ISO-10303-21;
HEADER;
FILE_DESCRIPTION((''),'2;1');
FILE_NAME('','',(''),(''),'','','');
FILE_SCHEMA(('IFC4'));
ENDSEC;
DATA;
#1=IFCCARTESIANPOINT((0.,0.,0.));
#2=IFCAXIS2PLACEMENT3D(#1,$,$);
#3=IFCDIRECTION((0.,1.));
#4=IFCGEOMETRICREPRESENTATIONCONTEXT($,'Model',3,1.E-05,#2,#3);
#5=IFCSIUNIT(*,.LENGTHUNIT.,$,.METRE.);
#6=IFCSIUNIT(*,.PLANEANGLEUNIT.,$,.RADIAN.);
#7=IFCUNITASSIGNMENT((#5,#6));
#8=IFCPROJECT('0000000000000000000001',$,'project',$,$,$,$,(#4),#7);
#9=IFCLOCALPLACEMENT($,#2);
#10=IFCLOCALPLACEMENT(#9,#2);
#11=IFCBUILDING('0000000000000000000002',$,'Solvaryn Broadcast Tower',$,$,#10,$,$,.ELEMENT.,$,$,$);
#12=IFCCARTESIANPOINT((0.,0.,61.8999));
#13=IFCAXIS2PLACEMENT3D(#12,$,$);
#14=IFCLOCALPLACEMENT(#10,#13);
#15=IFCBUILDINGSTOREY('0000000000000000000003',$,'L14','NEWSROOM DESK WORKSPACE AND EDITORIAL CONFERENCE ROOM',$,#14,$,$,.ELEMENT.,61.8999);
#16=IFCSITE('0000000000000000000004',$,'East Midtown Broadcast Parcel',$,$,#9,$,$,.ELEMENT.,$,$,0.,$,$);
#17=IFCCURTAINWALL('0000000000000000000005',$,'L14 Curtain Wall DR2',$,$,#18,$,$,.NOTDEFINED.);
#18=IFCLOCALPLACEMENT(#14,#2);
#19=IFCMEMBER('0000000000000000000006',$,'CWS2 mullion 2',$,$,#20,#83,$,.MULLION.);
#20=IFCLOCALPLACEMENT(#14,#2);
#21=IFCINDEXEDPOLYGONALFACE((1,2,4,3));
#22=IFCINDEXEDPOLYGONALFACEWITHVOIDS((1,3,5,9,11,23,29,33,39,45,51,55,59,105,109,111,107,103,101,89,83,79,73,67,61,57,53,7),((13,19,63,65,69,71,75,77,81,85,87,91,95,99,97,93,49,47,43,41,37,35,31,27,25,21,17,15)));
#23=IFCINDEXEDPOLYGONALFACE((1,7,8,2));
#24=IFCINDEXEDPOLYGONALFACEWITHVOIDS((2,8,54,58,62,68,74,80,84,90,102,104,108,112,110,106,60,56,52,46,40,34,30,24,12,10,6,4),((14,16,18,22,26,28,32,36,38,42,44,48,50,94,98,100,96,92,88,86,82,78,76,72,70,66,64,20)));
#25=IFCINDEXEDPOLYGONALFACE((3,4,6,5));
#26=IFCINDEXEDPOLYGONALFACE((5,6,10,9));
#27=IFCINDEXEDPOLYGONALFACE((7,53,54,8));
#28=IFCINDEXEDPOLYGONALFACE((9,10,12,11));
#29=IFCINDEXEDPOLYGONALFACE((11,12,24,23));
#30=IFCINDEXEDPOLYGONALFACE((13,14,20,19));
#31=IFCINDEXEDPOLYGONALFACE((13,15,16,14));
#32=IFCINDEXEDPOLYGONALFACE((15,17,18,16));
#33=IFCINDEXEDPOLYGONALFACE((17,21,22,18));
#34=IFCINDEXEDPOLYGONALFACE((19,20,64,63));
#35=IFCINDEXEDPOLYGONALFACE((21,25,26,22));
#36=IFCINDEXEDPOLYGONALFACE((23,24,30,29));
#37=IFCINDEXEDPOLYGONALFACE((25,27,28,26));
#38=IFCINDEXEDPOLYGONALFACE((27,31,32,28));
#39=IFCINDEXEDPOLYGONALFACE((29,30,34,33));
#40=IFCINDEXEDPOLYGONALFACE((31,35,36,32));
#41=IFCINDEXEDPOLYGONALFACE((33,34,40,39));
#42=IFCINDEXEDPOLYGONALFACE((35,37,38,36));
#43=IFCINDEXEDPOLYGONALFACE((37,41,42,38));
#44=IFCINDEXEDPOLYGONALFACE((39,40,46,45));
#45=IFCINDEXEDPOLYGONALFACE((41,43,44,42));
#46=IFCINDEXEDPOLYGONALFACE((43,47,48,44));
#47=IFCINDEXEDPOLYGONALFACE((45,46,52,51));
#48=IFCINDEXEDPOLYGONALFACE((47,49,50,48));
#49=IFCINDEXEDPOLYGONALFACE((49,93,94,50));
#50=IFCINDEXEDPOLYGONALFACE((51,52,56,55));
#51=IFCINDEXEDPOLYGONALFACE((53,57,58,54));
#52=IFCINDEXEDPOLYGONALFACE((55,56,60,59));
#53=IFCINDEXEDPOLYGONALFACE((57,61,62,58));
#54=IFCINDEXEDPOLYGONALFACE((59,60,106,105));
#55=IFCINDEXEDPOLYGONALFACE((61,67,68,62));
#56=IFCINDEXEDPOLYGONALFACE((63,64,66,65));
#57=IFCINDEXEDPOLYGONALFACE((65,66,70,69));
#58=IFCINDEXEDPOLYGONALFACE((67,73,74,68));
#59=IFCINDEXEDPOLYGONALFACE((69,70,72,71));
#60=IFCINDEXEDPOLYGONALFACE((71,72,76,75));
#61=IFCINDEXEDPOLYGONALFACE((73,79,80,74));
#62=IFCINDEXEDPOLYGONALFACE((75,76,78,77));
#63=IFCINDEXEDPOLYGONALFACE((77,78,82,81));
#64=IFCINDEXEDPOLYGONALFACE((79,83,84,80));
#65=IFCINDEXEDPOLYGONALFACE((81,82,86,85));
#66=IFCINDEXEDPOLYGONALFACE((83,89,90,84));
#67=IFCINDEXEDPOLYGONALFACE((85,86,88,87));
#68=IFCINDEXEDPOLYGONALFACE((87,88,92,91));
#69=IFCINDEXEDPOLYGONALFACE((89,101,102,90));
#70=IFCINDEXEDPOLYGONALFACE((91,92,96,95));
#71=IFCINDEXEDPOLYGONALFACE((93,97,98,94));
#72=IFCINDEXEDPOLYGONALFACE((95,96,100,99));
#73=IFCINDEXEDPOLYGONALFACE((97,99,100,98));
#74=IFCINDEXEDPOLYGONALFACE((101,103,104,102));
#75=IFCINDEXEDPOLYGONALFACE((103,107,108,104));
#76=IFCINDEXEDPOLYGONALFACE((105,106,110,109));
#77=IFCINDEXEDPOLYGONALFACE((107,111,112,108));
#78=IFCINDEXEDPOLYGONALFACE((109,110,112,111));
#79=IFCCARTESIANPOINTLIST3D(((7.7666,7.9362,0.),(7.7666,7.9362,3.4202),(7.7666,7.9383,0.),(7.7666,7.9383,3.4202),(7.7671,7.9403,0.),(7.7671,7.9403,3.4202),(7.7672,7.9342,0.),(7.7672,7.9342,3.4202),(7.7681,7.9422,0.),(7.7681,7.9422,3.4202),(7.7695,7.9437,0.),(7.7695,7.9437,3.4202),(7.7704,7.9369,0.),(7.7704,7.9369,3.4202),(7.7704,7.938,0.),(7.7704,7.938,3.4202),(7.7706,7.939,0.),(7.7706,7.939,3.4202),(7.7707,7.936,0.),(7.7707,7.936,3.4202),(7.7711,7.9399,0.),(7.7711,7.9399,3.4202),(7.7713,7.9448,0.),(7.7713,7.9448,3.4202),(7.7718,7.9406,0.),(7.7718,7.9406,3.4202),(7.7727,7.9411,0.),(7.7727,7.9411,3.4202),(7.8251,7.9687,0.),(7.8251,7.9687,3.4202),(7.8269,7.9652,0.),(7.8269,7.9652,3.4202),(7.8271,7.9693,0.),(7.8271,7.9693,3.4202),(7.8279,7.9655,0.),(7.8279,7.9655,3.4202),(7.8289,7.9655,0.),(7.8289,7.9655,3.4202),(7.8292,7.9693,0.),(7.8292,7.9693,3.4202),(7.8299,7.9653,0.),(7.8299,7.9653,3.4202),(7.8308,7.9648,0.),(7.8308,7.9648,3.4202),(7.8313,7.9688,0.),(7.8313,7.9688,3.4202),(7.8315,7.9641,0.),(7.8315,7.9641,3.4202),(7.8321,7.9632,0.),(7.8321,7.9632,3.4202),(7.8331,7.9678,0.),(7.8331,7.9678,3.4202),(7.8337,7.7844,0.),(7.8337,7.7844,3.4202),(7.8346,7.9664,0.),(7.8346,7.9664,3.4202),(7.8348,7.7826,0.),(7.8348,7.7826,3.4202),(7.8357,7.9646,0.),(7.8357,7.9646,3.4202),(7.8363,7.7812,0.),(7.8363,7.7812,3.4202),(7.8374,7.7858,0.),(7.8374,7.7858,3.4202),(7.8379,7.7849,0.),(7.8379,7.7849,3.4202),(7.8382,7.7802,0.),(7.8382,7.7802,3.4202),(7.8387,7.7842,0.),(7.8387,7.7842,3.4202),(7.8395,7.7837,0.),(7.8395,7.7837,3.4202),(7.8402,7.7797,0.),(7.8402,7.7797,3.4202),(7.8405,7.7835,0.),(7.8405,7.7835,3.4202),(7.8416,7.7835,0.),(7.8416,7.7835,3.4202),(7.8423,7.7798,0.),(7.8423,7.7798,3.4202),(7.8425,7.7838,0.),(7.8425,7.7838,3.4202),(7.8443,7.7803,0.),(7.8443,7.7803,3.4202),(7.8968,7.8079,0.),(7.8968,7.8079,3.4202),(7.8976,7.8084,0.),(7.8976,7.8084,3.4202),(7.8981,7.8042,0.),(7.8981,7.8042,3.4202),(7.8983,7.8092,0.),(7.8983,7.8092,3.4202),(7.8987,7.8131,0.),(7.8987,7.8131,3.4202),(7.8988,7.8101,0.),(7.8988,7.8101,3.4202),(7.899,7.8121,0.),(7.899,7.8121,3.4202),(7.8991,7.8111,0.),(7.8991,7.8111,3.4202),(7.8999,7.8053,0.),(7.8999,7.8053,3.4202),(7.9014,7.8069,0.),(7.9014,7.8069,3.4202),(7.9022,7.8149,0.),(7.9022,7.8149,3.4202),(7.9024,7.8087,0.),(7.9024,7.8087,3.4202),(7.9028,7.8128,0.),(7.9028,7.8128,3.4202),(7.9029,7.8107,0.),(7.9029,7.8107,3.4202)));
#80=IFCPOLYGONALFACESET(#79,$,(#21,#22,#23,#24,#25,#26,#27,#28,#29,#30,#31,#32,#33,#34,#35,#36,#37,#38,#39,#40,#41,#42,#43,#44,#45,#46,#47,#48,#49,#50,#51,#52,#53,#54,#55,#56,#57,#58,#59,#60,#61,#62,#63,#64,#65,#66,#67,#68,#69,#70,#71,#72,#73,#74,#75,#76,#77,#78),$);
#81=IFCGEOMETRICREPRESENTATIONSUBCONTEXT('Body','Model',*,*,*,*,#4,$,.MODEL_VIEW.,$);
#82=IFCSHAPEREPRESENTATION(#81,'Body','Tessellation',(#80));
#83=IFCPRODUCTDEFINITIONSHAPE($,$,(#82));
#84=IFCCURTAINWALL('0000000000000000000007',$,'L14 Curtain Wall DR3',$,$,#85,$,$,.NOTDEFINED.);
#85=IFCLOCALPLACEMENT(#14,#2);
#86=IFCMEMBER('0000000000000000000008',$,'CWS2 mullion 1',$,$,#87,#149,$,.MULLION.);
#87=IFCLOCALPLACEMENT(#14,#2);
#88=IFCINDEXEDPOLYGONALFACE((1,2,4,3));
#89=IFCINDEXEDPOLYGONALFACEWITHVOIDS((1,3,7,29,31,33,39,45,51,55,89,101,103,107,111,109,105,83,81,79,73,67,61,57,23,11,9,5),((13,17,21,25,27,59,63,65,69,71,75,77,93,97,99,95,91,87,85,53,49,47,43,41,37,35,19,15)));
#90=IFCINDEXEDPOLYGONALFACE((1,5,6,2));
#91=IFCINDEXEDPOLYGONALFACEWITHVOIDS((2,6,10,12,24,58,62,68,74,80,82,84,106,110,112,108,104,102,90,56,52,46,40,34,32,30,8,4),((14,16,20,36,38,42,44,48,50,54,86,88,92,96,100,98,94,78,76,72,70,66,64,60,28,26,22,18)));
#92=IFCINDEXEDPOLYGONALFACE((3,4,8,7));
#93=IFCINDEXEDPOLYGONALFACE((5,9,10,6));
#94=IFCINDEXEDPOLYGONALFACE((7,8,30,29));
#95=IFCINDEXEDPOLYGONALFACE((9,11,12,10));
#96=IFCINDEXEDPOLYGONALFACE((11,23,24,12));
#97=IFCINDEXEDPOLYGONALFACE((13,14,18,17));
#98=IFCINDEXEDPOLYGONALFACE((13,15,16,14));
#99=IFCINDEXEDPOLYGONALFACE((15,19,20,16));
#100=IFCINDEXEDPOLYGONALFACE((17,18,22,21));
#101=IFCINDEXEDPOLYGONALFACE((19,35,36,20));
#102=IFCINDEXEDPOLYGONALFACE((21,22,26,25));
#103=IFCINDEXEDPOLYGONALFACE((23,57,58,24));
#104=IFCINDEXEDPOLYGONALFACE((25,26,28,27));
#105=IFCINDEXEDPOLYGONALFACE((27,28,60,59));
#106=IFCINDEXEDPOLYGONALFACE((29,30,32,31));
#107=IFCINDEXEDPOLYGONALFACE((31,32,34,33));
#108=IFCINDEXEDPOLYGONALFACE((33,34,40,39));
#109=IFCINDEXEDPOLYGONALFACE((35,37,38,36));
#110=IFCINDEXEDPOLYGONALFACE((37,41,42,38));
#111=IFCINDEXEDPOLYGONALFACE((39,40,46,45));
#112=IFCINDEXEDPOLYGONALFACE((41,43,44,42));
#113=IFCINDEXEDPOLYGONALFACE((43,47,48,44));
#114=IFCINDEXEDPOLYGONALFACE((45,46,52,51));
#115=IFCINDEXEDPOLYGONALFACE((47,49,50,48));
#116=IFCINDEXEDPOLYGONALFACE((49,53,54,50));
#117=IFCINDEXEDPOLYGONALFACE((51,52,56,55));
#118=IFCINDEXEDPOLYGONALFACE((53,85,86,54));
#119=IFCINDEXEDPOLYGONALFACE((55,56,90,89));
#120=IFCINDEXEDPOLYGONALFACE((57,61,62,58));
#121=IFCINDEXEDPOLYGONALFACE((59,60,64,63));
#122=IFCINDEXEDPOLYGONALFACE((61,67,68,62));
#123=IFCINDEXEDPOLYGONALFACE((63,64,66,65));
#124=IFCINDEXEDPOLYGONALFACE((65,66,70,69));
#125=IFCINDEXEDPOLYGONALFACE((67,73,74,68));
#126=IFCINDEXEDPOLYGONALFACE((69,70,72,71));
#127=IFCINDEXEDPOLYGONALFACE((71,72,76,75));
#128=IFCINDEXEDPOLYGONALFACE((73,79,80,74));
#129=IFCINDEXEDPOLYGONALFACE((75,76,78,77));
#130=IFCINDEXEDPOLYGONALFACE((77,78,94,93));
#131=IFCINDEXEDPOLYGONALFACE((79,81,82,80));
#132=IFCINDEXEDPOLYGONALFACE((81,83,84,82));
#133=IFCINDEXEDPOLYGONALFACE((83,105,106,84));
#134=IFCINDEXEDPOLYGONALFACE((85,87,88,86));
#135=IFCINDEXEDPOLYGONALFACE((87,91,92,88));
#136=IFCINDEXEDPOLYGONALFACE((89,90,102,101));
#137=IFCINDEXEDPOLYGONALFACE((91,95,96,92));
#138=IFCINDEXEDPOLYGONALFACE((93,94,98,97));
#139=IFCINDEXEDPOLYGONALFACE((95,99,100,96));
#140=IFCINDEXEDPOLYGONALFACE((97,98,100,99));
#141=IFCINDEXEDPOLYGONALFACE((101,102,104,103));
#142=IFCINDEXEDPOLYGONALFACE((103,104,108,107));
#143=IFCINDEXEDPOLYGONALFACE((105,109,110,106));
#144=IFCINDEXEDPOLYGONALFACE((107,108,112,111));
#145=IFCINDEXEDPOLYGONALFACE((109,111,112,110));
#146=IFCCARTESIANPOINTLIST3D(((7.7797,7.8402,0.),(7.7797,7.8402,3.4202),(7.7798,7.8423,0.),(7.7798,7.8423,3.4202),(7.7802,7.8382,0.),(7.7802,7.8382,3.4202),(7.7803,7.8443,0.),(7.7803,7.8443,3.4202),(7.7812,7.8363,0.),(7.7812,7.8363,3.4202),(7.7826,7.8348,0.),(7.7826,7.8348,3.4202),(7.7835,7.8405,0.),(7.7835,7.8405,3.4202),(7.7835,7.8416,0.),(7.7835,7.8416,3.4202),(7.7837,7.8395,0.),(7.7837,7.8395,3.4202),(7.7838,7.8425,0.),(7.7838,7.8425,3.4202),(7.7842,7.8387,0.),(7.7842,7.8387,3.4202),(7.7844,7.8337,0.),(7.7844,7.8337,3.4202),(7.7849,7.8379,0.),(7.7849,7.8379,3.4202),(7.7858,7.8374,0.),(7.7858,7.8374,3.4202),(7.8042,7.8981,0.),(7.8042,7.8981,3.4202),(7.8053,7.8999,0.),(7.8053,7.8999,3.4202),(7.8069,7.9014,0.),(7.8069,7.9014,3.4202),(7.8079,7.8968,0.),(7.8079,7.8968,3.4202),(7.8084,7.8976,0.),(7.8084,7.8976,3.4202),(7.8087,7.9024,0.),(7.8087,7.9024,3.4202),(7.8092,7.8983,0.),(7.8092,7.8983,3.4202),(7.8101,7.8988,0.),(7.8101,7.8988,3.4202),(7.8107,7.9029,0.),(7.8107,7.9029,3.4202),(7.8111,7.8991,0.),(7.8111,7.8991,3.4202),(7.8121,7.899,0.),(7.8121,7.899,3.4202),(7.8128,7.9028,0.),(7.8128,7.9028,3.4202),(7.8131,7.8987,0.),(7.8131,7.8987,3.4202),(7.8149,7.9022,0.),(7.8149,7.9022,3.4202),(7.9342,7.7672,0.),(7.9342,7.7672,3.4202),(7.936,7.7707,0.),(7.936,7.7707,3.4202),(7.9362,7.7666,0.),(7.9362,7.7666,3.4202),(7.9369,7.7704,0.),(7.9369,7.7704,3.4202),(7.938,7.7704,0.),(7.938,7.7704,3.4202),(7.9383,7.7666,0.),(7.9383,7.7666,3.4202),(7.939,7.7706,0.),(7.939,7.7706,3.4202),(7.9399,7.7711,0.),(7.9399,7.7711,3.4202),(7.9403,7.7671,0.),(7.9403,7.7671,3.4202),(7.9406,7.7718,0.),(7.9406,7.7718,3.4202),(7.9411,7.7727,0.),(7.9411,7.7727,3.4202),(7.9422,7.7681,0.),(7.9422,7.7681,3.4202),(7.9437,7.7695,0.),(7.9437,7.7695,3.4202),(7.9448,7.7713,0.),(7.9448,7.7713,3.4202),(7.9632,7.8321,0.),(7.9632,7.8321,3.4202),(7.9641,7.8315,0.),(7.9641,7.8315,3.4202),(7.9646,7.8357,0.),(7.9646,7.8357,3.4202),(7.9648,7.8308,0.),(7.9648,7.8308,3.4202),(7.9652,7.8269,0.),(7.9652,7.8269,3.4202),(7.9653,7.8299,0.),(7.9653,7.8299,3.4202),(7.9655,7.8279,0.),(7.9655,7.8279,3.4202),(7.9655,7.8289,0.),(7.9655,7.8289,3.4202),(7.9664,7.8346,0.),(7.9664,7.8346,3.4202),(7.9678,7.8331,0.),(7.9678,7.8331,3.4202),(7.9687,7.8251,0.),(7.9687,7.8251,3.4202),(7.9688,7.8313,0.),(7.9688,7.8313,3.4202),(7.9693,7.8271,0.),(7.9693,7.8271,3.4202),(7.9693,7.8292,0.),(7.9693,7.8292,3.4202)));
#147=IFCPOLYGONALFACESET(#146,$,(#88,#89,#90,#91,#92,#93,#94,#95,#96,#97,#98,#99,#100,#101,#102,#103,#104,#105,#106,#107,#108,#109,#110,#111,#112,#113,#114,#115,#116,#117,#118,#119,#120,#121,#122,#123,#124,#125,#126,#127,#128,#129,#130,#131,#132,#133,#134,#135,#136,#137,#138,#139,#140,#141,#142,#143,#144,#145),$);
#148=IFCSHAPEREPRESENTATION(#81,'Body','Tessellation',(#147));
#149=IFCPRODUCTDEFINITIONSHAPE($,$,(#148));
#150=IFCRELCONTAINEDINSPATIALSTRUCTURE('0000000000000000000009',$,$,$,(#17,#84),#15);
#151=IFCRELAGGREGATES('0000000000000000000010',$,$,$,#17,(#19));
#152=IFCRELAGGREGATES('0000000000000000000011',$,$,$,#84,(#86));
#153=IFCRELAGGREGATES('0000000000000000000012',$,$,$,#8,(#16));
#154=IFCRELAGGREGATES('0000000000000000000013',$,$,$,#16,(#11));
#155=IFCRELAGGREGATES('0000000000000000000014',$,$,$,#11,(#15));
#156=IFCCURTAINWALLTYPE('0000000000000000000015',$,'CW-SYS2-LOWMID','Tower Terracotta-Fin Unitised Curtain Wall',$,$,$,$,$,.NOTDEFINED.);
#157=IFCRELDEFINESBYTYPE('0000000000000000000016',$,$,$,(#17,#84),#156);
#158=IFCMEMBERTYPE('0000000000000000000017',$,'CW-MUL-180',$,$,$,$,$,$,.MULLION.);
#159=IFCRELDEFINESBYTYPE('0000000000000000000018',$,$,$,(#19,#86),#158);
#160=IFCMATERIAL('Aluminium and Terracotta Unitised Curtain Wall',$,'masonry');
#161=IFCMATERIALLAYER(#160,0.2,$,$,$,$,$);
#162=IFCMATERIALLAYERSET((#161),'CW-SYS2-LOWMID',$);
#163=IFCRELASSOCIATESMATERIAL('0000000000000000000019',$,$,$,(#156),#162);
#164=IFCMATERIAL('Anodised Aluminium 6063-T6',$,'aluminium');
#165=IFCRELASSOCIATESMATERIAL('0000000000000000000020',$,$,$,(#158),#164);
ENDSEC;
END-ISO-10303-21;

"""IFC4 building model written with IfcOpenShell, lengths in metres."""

from ifc_helpers import new_model, si_unit, direction, frame, origin, origin_2d, place, context, subcontext, project, spatial, hollow_rectangle, extrude, material, layer, layer_set, material_profile, profile_set, type_object, element, aggregate, save


model = new_model("IFC4")

# Units and contexts
model_context = context("Model", 3, precision=1e-05, world=origin(), true_north=direction((0.0, 1.0)))
body_context = subcontext(model_context, "Body", "Model", "MODEL_VIEW")
ifc_project = project(units=[si_unit("LENGTHUNIT", "METRE"), si_unit("PLANEANGLEUNIT", "RADIAN")], contexts=[model_context])

# Site, building, storey
site_placement = place(None, origin())
site = spatial("IfcSite", under=ifc_project, at=site_placement, Name="East Midtown Broadcast Parcel", CompositionType="ELEMENT", RefElevation=0.0)
building_placement = place(site_placement, origin())
building = spatial("IfcBuilding", under=site, at=building_placement, Name="Solvaryn Broadcast Tower", CompositionType="ELEMENT")
storey_placement = place(building_placement, frame((0.0, 0.0, 61.8999)))
storey = spatial("IfcBuildingStorey", under=building, at=storey_placement, Name="L14", Description="NEWSROOM DESK WORKSPACE AND EDITORIAL CONFERENCE ROOM", CompositionType="ELEMENT", Elevation=61.8999)

# Curtain wall, member
ifc_material_1 = material(Name="Aluminium and Terracotta Unitised Curtain Wall", Category="masonry")
ifc_layer_1 = layer(ifc_material_1, 0.2)
ifc_layer_set_1 = layer_set([ifc_layer_1], Name="CW-SYS2-LOWMID")
curtain_wall_type = type_object("IfcCurtainWallType", Name="CW-SYS2-LOWMID", Description="Tower Terracotta-Fin Unitised Curtain Wall", PredefinedType="NOTDEFINED", material=ifc_layer_set_1)
curtain_wall_1_placement = place(storey_placement, origin())
curtain_wall_1 = element("IfcCurtainWall", 1, at=curtain_wall_1_placement, inside=storey, type_object=curtain_wall_type, Name="L14 Curtain Wall DR2", PredefinedType="NOTDEFINED")
ifc_material_2 = material(Name="Anodised Aluminium 6063-T6", Category="aluminium")
ifc_material_profile_1 = material_profile(ifc_material_2, hollow_rectangle(XDim=0.075, YDim=0.1799, WallThickness=0.0039, InnerFilletRadius=0.0039, OuterFilletRadius=0.0081, at=origin_2d()))
ifc_profile_set_1 = profile_set([ifc_material_profile_1], Name="Anodised Aluminium 6063-T6")
member_type_1 = type_object("IfcMemberType", Name="CW-MUL-180", PredefinedType="MULLION", material=ifc_profile_set_1)
member_1_placement = place(storey_placement, frame((7.8347, 7.8745, 0.0), z_axis=(0.0, 0.0, 1.0), x_axis=(0.913918, 0.405898, 0.0)))
member_1 = element("IfcMember", 2, at=member_1_placement, type_object=member_type_1, Name="CWS2 mullion 2", PredefinedType="MULLION", context=body_context, shape_type="SweptSolid", body=[
    extrude(hollow_rectangle(XDim=0.075, YDim=0.1799, WallThickness=0.0039, InnerFilletRadius=0.0039, OuterFilletRadius=0.0081, at=origin_2d()), origin(), (0.0, 0.0, 1.0), 3.4202),
])
aggregate(curtain_wall_1, [member_1])

# Curtain wall, member
curtain_wall_2_placement = place(storey_placement, origin())
curtain_wall_2 = element("IfcCurtainWall", 3, at=curtain_wall_2_placement, inside=storey, type_object=curtain_wall_type, Name="L14 Curtain Wall DR3", PredefinedType="NOTDEFINED")
member_2_placement = place(storey_placement, frame((7.8745, 7.8347, 0.0), z_axis=(0.0, 0.0, 1.0), x_axis=(0.405898, 0.913918, 0.0)))
member_2 = element("IfcMember", 4, at=member_2_placement, type_object=member_type_1, Name="CWS2 mullion 1", PredefinedType="MULLION", context=body_context, shape_type="SweptSolid", body=[
    extrude(hollow_rectangle(XDim=0.075, YDim=0.1799, WallThickness=0.0039, InnerFilletRadius=0.0039, OuterFilletRadius=0.0081, at=origin_2d()), origin(), (0.0, 0.0, 1.0), 3.4202),
])
aggregate(curtain_wall_2, [member_2])

save(model, "model.ifc")
